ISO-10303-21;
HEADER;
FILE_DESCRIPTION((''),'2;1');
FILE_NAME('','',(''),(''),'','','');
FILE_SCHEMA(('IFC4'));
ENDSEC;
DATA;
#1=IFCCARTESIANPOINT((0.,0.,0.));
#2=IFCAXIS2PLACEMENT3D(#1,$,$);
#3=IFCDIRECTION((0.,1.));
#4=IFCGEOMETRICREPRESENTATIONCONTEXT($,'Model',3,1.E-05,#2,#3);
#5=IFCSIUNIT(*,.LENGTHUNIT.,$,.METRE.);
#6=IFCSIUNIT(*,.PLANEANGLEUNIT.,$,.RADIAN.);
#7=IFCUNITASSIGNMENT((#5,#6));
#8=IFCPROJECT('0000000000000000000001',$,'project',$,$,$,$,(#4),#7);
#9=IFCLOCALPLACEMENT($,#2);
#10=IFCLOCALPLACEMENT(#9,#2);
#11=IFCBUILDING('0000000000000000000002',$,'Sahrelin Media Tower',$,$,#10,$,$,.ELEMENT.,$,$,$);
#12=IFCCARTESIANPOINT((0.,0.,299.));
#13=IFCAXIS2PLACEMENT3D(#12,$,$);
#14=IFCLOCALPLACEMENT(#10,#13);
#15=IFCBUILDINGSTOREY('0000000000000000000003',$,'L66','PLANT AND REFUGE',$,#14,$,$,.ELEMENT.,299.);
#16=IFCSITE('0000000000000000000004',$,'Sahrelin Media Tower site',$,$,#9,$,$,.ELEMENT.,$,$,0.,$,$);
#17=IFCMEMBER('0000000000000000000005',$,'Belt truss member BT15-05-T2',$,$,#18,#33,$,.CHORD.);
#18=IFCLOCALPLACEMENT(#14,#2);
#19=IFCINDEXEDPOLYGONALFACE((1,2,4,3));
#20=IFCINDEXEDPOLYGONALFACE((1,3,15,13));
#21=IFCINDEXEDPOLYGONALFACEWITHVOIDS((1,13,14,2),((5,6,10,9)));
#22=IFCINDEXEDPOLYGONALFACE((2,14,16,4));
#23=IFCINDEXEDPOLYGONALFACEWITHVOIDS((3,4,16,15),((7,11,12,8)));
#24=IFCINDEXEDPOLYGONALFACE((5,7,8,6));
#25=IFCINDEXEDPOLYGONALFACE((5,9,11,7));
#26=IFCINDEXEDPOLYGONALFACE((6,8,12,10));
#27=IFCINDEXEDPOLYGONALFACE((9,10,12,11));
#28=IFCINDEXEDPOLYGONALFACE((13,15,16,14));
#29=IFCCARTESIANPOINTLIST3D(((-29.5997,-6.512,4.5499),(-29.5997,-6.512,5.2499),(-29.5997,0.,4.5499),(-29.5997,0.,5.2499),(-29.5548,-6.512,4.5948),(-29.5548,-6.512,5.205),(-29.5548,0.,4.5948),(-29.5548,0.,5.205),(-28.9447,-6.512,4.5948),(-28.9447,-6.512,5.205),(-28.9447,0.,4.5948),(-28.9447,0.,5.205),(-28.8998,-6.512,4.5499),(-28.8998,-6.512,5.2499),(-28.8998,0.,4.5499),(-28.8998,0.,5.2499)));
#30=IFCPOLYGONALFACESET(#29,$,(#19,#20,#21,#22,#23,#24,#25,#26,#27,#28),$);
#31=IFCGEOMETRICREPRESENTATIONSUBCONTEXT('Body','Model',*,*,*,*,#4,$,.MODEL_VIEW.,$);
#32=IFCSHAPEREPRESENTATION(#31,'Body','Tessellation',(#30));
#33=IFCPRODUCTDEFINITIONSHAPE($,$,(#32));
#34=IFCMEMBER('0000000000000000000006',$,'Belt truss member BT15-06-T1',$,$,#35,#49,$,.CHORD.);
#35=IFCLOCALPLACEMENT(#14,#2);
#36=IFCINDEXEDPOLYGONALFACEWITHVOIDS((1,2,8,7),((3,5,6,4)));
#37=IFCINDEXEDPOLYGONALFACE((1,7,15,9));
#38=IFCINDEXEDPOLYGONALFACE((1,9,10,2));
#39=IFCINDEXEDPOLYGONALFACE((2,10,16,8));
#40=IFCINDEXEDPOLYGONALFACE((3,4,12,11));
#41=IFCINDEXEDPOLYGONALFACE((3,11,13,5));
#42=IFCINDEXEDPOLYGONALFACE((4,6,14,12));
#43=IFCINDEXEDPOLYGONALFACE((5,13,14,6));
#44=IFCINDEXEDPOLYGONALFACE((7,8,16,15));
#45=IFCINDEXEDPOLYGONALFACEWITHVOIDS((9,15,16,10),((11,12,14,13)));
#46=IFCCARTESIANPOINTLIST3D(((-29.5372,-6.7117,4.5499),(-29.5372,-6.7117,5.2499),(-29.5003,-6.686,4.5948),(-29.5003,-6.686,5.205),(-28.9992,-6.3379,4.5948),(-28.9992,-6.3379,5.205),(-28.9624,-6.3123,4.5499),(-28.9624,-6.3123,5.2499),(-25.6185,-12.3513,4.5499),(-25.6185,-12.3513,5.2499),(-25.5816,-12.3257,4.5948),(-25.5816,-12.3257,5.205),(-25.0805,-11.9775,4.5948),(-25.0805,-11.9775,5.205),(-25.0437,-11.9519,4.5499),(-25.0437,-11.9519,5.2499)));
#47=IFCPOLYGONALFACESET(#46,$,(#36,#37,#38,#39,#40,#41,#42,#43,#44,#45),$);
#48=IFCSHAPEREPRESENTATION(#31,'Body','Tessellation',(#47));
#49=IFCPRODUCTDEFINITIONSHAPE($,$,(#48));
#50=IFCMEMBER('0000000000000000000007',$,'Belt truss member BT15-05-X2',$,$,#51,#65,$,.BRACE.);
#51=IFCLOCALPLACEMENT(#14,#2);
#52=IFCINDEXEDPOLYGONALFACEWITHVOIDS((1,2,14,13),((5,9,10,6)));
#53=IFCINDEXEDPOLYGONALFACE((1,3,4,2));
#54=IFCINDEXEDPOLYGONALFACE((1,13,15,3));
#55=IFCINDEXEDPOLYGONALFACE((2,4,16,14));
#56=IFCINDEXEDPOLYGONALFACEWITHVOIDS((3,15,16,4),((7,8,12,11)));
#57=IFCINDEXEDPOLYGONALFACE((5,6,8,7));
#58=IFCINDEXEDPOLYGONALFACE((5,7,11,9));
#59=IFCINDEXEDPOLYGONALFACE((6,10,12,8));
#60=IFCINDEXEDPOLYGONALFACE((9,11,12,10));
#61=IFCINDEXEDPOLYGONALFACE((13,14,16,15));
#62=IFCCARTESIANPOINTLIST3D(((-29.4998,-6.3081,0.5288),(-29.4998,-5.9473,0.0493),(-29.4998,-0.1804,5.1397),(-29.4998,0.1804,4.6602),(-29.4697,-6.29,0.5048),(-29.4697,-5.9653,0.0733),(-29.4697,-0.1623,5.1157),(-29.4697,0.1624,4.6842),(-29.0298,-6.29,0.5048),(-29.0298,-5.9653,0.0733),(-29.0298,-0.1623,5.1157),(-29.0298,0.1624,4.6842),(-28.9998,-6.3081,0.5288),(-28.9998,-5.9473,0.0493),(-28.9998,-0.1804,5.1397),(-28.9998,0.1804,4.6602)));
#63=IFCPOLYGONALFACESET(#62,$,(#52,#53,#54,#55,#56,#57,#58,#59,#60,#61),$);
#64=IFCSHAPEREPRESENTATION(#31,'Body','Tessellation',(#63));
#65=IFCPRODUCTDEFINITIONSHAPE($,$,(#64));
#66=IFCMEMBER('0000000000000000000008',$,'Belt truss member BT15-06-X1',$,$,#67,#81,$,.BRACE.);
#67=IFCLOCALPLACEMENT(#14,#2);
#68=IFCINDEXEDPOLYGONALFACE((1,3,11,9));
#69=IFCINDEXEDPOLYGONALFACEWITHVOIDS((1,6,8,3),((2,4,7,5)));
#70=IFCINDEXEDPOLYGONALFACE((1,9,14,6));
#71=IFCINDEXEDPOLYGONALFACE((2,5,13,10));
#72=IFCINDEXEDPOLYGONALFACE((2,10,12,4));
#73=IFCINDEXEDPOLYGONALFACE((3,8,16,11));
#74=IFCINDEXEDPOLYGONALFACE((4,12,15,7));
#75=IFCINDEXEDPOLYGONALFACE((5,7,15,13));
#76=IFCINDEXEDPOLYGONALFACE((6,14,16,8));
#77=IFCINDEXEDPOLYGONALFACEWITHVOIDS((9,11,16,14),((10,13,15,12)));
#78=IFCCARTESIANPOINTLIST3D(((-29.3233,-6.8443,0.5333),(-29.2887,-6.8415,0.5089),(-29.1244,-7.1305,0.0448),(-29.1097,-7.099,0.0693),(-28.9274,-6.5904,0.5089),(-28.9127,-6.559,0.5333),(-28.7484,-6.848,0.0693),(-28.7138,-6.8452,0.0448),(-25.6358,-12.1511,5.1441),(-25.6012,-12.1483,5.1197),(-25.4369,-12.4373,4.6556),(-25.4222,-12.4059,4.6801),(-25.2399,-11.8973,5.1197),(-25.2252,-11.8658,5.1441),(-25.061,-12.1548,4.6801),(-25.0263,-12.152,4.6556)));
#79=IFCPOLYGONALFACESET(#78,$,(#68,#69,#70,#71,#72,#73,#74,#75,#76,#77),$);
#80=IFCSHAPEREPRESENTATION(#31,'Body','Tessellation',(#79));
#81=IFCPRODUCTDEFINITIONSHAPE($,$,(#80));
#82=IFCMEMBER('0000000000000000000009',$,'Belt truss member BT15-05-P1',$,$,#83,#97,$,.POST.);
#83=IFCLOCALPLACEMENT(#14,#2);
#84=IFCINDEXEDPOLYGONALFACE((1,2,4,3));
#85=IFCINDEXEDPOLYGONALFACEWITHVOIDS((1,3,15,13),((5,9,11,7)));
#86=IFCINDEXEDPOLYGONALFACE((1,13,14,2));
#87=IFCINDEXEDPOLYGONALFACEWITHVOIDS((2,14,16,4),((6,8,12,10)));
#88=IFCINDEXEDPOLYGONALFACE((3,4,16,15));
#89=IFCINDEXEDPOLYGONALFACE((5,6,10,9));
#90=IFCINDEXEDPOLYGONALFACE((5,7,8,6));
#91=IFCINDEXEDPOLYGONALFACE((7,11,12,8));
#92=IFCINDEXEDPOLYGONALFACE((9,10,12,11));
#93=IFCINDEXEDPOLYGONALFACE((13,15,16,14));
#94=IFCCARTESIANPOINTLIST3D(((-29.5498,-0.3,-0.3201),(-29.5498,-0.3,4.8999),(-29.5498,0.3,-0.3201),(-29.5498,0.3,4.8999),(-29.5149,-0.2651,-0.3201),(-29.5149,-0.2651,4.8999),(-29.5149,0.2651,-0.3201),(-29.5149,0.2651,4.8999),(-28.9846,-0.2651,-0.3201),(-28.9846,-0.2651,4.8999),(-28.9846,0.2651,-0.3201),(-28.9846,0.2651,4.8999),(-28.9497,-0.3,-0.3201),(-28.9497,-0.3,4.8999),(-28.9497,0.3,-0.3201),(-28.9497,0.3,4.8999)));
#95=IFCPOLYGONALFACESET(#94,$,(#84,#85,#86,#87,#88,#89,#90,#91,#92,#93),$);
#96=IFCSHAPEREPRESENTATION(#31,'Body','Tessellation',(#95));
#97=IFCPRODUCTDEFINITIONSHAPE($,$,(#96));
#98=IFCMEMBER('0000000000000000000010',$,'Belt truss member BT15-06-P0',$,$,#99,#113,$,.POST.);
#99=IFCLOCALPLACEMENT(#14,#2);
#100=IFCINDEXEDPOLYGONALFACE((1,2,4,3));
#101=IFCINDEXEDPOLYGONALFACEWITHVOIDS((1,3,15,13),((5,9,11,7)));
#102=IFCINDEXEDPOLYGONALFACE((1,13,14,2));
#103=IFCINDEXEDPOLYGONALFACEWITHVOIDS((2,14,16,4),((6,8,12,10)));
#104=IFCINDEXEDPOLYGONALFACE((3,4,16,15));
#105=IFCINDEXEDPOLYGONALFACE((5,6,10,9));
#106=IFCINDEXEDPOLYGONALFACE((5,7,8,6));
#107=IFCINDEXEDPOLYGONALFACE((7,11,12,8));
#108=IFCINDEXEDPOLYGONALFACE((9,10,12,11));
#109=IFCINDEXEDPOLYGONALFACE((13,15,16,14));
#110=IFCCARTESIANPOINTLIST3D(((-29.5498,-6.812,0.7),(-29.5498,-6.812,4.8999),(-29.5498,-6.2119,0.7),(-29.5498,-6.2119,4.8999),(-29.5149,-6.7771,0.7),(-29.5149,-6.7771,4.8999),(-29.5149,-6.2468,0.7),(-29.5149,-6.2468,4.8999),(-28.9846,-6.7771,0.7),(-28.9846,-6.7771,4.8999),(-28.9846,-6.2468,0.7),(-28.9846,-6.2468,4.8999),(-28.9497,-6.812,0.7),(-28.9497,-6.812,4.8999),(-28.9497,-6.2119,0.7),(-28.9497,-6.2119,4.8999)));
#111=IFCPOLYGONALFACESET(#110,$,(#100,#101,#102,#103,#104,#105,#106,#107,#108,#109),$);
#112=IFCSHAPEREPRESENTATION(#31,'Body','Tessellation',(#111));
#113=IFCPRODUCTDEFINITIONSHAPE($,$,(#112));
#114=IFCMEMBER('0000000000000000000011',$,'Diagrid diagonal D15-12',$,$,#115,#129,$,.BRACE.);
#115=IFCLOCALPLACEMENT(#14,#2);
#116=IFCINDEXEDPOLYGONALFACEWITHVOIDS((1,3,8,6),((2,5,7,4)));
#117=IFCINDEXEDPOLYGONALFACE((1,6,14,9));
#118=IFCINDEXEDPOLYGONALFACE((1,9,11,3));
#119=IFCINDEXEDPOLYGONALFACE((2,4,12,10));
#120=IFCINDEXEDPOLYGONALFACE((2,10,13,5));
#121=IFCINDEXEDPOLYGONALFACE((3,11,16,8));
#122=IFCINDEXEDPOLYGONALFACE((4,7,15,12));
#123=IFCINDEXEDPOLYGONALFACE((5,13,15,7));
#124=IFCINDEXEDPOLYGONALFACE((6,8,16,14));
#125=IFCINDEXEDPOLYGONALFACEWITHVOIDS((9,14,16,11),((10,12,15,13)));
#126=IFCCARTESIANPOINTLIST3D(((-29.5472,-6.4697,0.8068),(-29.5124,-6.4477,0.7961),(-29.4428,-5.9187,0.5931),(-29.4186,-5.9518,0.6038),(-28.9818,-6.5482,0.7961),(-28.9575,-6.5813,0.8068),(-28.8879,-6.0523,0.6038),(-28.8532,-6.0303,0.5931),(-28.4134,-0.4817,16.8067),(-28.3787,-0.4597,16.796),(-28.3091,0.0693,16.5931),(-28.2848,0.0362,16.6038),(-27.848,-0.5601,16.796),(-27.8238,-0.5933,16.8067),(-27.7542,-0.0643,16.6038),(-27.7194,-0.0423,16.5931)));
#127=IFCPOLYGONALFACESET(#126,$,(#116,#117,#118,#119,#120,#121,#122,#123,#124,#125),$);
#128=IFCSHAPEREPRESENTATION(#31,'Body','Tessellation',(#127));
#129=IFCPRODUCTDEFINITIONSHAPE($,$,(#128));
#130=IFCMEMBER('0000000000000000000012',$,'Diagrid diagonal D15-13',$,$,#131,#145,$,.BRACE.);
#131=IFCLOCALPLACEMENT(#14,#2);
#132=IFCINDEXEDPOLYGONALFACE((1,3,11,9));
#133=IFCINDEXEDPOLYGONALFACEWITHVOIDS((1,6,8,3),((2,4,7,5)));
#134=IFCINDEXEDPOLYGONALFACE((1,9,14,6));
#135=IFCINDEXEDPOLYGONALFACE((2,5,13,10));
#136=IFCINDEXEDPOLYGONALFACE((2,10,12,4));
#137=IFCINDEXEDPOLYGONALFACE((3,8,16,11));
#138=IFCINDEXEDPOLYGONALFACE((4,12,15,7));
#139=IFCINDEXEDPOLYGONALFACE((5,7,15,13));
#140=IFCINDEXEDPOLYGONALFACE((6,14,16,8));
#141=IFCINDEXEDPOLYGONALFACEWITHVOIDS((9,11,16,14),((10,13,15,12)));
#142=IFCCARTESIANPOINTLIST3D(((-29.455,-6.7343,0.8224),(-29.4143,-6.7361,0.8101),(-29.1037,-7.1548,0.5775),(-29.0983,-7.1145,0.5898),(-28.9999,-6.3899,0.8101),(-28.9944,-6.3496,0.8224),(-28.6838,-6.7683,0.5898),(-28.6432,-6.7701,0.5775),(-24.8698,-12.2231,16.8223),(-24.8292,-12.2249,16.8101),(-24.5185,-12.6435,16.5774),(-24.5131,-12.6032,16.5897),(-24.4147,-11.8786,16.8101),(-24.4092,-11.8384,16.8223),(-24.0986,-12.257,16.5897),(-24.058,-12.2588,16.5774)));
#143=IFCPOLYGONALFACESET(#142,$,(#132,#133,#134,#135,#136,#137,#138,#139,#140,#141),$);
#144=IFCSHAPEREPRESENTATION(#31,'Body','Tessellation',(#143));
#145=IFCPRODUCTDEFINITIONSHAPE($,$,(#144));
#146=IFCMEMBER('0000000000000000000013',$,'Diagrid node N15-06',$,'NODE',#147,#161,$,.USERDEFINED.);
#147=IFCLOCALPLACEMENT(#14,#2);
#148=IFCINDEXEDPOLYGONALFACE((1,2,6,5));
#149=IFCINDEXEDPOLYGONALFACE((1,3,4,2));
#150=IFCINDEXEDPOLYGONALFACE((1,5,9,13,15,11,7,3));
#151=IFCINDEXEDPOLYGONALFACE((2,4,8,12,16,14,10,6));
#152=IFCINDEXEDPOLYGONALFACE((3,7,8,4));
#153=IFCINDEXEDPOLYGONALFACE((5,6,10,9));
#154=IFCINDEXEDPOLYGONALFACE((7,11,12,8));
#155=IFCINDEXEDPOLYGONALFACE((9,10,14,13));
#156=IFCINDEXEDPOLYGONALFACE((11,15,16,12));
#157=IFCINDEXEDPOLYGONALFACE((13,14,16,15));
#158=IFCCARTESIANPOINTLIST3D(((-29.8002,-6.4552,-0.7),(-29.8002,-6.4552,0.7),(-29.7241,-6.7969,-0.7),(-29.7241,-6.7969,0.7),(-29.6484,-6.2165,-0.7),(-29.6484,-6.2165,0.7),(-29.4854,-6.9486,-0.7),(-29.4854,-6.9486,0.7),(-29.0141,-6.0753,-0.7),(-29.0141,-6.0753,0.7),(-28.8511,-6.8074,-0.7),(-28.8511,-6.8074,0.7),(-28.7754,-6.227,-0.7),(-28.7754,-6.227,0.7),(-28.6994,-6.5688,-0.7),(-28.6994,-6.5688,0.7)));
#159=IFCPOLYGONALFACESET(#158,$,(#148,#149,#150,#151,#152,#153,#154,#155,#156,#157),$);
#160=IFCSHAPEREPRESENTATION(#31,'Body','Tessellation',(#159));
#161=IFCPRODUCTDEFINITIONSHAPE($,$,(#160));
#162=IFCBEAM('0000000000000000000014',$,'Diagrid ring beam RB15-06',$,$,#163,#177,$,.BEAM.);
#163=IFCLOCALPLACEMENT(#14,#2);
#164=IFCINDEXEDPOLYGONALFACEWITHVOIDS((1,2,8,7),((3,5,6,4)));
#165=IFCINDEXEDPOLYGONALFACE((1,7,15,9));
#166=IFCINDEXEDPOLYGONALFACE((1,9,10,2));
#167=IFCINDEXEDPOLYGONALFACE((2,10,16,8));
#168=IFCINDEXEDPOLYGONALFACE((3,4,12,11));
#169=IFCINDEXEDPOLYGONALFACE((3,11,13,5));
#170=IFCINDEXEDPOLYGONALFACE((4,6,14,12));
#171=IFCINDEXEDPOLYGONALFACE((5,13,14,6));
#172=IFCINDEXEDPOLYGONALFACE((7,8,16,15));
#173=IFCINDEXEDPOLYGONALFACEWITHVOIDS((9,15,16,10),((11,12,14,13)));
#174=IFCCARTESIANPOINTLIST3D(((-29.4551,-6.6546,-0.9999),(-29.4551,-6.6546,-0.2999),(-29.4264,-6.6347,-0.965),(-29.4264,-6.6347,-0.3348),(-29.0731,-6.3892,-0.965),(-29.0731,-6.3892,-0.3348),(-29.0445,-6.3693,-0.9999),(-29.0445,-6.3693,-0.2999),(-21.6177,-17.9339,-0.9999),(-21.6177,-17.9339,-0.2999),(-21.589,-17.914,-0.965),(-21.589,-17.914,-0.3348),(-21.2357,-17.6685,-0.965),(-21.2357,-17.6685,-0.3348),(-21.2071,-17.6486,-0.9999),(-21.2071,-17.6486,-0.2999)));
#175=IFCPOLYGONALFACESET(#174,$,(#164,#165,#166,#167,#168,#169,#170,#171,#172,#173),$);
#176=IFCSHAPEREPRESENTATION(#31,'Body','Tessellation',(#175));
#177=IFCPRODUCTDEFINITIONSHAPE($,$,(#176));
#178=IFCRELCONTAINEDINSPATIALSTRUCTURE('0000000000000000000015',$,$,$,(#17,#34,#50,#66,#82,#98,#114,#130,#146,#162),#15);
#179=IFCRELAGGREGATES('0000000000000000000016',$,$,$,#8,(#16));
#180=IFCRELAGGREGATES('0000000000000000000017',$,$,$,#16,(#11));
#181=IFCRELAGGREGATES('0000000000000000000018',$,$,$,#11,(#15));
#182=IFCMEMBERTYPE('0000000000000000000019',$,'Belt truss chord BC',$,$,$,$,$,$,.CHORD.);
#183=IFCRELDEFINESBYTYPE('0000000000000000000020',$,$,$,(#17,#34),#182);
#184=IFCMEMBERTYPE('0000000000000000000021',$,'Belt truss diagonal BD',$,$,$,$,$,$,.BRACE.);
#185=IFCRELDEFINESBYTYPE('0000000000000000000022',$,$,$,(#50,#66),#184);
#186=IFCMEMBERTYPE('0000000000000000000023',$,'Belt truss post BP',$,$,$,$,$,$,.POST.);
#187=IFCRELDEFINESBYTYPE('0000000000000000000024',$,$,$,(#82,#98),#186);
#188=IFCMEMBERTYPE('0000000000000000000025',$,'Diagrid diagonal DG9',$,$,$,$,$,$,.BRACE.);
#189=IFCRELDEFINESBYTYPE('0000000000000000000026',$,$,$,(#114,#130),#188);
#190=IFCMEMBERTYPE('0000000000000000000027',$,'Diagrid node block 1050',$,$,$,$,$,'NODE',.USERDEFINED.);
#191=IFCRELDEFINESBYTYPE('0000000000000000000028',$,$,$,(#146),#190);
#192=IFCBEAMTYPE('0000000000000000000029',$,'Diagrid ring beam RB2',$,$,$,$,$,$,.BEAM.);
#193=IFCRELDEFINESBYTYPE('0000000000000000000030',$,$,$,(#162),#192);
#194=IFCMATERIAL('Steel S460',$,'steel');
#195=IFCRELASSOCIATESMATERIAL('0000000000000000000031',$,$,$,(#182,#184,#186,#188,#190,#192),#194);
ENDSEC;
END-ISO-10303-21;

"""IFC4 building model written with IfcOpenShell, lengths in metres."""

from ifc_helpers import new_model, si_unit, direction, frame, origin, origin_2d, place, context, subcontext, project, spatial, polyline, hollow_rectangle, outline, extrude, material, material_profile, profile_set, type_object, element, save


model = new_model("IFC4")

# Units and contexts
model_context = context("Model", 3, precision=1e-05, world=origin(), true_north=direction((0.0, 1.0)))
body_context = subcontext(model_context, "Body", "Model", "MODEL_VIEW")
ifc_project = project(units=[si_unit("LENGTHUNIT", "METRE"), si_unit("PLANEANGLEUNIT", "RADIAN")], contexts=[model_context])

# Site, building, storey
site_placement = place(None, origin())
site = spatial("IfcSite", under=ifc_project, at=site_placement, Name="Sahrelin Media Tower site", CompositionType="ELEMENT", RefElevation=0.0)
building_placement = place(site_placement, origin())
building = spatial("IfcBuilding", under=site, at=building_placement, Name="Sahrelin Media Tower", CompositionType="ELEMENT")
storey_placement = place(building_placement, frame((0.0, 0.0, 299.0)))
storey = spatial("IfcBuildingStorey", under=building, at=storey_placement, Name="L66", Description="PLANT AND REFUGE", CompositionType="ELEMENT", Elevation=299.0)

# Members
ifc_material_1 = material(Name="Steel S460", Category="steel")
ifc_material_profile_1 = material_profile(ifc_material_1, hollow_rectangle(XDim=0.7, YDim=0.7, WallThickness=0.0449, at=origin_2d()), Name="Belt truss chord BC")
ifc_profile_set_1 = profile_set([ifc_material_profile_1], Name="Steel S460")
member_type_1 = type_object("IfcMemberType", Name="Belt truss chord BC", PredefinedType="CHORD", material=ifc_profile_set_1)
member_1_placement = place(storey_placement, frame((-29.2498, 0.0, 4.8999), z_axis=(0.0, -1.0, 0.0), x_axis=(1.0, 0.0, 0.0)))
element("IfcMember", 1, at=member_1_placement, inside=storey, type_object=member_type_1, Name="Belt truss member BT15-05-T2", PredefinedType="CHORD", context=body_context, shape_type="SweptSolid", body=[
    extrude(hollow_rectangle(XDim=0.7, YDim=0.7, WallThickness=0.0449, at=origin_2d()), origin(), (0.0, 0.0, 1.0), 6.512),
])
member_2_placement = place(storey_placement, frame((-29.2498, -6.512, 4.8999), z_axis=(0.57062, -0.821214, 0.0), x_axis=(0.821214, 0.57062, 0.0)))
element("IfcMember", 2, at=member_2_placement, inside=storey, type_object=member_type_1, Name="Belt truss member BT15-06-T1", PredefinedType="CHORD", context=body_context, shape_type="SweptSolid", body=[
    extrude(hollow_rectangle(XDim=0.7, YDim=0.7, WallThickness=0.0449, at=origin_2d()), origin(), (0.0, 0.0, 1.0), 6.8674),
])
ifc_material_profile_2 = material_profile(ifc_material_1, hollow_rectangle(XDim=0.5, YDim=0.6001, WallThickness=0.03, at=origin_2d()), Name="Belt truss diagonal BD")
ifc_profile_set_2 = profile_set([ifc_material_profile_2], Name="Steel S460")
member_type_2 = type_object("IfcMemberType", Name="Belt truss diagonal BD", PredefinedType="BRACE", material=ifc_profile_set_2)
member_3_placement = place(storey_placement, frame((-29.2498, -6.1277, 0.2891), z_axis=(0.0, 0.799055, 0.601257), x_axis=(-1.0, 0.0, 0.0)))
element("IfcMember", 3, at=member_3_placement, inside=storey, type_object=member_type_2, Name="Belt truss member BT15-05-X2", PredefinedType="BRACE", context=body_context, shape_type="SweptSolid", body=[
    extrude(hollow_rectangle(XDim=0.5, YDim=0.6001, WallThickness=0.03, at=origin_2d()), origin(), (0.0, 0.0, 1.0), 7.6687),
])
member_4_placement = place(storey_placement, frame((-29.0186, -6.8447, 0.2891), z_axis=(0.464506, -0.668496, 0.580817), x_axis=(0.821213, 0.570622, 0.0)))
element("IfcMember", 4, at=member_4_placement, inside=storey, type_object=member_type_2, Name="Belt truss member BT15-06-X1", PredefinedType="BRACE", context=body_context, shape_type="SweptSolid", body=[
    extrude(hollow_rectangle(XDim=0.5, YDim=0.6001, WallThickness=0.03, at=origin_2d()), origin(), (0.0, 0.0, 1.0), 7.9385),
])
ifc_material_profile_3 = material_profile(ifc_material_1, hollow_rectangle(XDim=0.6001, YDim=0.6001, WallThickness=0.0349, at=origin_2d()), Name="Belt truss post BP")
ifc_profile_set_3 = profile_set([ifc_material_profile_3], Name="Steel S460")
member_type_3 = type_object("IfcMemberType", Name="Belt truss post BP", PredefinedType="POST", material=ifc_profile_set_3)
member_5_placement = place(storey_placement, frame((-29.2498, 0.0, -0.3201), z_axis=(0.0, 0.0, 1.0), x_axis=(1.0, 0.0, 0.0)))
element("IfcMember", 5, at=member_5_placement, inside=storey, type_object=member_type_3, Name="Belt truss member BT15-05-P1", PredefinedType="POST", context=body_context, shape_type="SweptSolid", body=[
    extrude(hollow_rectangle(XDim=0.6001, YDim=0.6001, WallThickness=0.0349, at=origin_2d()), origin(), (0.0, 0.0, 1.0), 5.22),
])
member_6_placement = place(storey_placement, frame((-29.2498, -6.512, 0.7), z_axis=(0.0, 0.0, 1.0), x_axis=(1.0, 0.0, 0.0)))
element("IfcMember", 6, at=member_6_placement, inside=storey, type_object=member_type_3, Name="Belt truss member BT15-06-P0", PredefinedType="POST", context=body_context, shape_type="SweptSolid", body=[
    extrude(hollow_rectangle(XDim=0.6001, YDim=0.6001, WallThickness=0.0349, at=origin_2d()), origin(), (0.0, 0.0, 1.0), 4.2),
])
ifc_material_profile_4 = material_profile(ifc_material_1, hollow_rectangle(XDim=0.6001, YDim=0.6001, WallThickness=0.03, at=origin_2d()), Name="Diagrid diagonal DG9")
ifc_profile_set_4 = profile_set([ifc_material_profile_4], Name="Steel S460")
member_type_4 = type_object("IfcMemberType", Name="Diagrid diagonal DG9", PredefinedType="BRACE", material=ifc_profile_set_4)
member_7_placement = place(storey_placement, frame((-29.2002, -6.25, 0.7), z_axis=(0.066221, 0.34974, 0.934503), x_axis=(-0.982543, 0.186037, 0.0)))
element("IfcMember", 7, at=member_7_placement, inside=storey, type_object=member_type_4, Name="Diagrid diagonal D15-12", PredefinedType="BRACE", context=body_context, shape_type="SweptSolid", body=[
    extrude(hollow_rectangle(XDim=0.6001, YDim=0.6001, WallThickness=0.03, at=origin_2d()), origin(), (0.0, 0.0, 1.0), 17.1213),
])
member_8_placement = place(storey_placement, frame((-29.0491, -6.7522, 0.7), z_axis=(0.261627, -0.313184, 0.912944), x_axis=(0.767448, 0.641111, 0.0)))
element("IfcMember", 8, at=member_8_placement, inside=storey, type_object=member_type_4, Name="Diagrid diagonal D15-13", PredefinedType="BRACE", context=body_context, shape_type="SweptSolid", body=[
    extrude(hollow_rectangle(XDim=0.6001, YDim=0.6001, WallThickness=0.03, at=origin_2d()), origin(), (0.0, 0.0, 1.0), 17.5256),
])
ifc_material_profile_5 = material_profile(ifc_material_1, outline(polyline([(0.325, -0.375), (0.5249, -0.175), (0.5249, 0.175), (0.325, 0.375), (-0.325, 0.375), (-0.5249, 0.175), (-0.5249, -0.175), (-0.325, -0.375), (0.325, -0.375)])), Name="Diagrid node block 1050")
ifc_profile_set_5 = profile_set([ifc_material_profile_5], Name="Steel S460")
member_type_5 = type_object("IfcMemberType", Name="Diagrid node block 1050", ElementType="NODE", PredefinedType="USERDEFINED", material=ifc_profile_set_5)
member_9_placement = place(storey_placement, frame((-29.2498, -6.512, -0.7), z_axis=(0.0, 0.0, 1.0), x_axis=(-0.976102, -0.217314, 0.0)))
element("IfcMember", 9, at=member_9_placement, inside=storey, type_object=member_type_5, Name="Diagrid node N15-06", ObjectType="NODE", PredefinedType="USERDEFINED", context=body_context, shape_type="SweptSolid", body=[
    extrude(outline(polyline([(0.325, -0.375), (0.5249, -0.175), (0.5249, 0.175), (0.325, 0.375), (-0.325, 0.375), (-0.5249, 0.175), (-0.5249, -0.175), (-0.325, -0.375), (0.325, -0.375)])), origin(), (0.0, 0.0, 1.0), 1.3999),
])

# Beam
ifc_material_profile_6 = material_profile(ifc_material_1, hollow_rectangle(XDim=0.5, YDim=0.7, WallThickness=0.0349, at=origin_2d()), Name="Diagrid ring beam RB2")
ifc_profile_set_6 = profile_set([ifc_material_profile_6], Name="Steel S460")
beam_type_1 = type_object("IfcBeamType", Name="Diagrid ring beam RB2", PredefinedType="BEAM", material=ifc_profile_set_6)
beam_1_placement = place(storey_placement, frame((-29.2498, -6.512, -0.6499), z_axis=(0.57062, -0.821214, 0.0), x_axis=(0.821214, 0.57062, 0.0)))
element("IfcBeam", 10, at=beam_1_placement, inside=storey, type_object=beam_type_1, Name="Diagrid ring beam RB15-06", PredefinedType="BEAM", context=body_context, shape_type="SweptSolid", body=[
    extrude(hollow_rectangle(XDim=0.5, YDim=0.7, WallThickness=0.0349, at=origin_2d()), origin(), (0.0, 0.0, 1.0), 13.7349),
])

save(model, "model.ifc")
